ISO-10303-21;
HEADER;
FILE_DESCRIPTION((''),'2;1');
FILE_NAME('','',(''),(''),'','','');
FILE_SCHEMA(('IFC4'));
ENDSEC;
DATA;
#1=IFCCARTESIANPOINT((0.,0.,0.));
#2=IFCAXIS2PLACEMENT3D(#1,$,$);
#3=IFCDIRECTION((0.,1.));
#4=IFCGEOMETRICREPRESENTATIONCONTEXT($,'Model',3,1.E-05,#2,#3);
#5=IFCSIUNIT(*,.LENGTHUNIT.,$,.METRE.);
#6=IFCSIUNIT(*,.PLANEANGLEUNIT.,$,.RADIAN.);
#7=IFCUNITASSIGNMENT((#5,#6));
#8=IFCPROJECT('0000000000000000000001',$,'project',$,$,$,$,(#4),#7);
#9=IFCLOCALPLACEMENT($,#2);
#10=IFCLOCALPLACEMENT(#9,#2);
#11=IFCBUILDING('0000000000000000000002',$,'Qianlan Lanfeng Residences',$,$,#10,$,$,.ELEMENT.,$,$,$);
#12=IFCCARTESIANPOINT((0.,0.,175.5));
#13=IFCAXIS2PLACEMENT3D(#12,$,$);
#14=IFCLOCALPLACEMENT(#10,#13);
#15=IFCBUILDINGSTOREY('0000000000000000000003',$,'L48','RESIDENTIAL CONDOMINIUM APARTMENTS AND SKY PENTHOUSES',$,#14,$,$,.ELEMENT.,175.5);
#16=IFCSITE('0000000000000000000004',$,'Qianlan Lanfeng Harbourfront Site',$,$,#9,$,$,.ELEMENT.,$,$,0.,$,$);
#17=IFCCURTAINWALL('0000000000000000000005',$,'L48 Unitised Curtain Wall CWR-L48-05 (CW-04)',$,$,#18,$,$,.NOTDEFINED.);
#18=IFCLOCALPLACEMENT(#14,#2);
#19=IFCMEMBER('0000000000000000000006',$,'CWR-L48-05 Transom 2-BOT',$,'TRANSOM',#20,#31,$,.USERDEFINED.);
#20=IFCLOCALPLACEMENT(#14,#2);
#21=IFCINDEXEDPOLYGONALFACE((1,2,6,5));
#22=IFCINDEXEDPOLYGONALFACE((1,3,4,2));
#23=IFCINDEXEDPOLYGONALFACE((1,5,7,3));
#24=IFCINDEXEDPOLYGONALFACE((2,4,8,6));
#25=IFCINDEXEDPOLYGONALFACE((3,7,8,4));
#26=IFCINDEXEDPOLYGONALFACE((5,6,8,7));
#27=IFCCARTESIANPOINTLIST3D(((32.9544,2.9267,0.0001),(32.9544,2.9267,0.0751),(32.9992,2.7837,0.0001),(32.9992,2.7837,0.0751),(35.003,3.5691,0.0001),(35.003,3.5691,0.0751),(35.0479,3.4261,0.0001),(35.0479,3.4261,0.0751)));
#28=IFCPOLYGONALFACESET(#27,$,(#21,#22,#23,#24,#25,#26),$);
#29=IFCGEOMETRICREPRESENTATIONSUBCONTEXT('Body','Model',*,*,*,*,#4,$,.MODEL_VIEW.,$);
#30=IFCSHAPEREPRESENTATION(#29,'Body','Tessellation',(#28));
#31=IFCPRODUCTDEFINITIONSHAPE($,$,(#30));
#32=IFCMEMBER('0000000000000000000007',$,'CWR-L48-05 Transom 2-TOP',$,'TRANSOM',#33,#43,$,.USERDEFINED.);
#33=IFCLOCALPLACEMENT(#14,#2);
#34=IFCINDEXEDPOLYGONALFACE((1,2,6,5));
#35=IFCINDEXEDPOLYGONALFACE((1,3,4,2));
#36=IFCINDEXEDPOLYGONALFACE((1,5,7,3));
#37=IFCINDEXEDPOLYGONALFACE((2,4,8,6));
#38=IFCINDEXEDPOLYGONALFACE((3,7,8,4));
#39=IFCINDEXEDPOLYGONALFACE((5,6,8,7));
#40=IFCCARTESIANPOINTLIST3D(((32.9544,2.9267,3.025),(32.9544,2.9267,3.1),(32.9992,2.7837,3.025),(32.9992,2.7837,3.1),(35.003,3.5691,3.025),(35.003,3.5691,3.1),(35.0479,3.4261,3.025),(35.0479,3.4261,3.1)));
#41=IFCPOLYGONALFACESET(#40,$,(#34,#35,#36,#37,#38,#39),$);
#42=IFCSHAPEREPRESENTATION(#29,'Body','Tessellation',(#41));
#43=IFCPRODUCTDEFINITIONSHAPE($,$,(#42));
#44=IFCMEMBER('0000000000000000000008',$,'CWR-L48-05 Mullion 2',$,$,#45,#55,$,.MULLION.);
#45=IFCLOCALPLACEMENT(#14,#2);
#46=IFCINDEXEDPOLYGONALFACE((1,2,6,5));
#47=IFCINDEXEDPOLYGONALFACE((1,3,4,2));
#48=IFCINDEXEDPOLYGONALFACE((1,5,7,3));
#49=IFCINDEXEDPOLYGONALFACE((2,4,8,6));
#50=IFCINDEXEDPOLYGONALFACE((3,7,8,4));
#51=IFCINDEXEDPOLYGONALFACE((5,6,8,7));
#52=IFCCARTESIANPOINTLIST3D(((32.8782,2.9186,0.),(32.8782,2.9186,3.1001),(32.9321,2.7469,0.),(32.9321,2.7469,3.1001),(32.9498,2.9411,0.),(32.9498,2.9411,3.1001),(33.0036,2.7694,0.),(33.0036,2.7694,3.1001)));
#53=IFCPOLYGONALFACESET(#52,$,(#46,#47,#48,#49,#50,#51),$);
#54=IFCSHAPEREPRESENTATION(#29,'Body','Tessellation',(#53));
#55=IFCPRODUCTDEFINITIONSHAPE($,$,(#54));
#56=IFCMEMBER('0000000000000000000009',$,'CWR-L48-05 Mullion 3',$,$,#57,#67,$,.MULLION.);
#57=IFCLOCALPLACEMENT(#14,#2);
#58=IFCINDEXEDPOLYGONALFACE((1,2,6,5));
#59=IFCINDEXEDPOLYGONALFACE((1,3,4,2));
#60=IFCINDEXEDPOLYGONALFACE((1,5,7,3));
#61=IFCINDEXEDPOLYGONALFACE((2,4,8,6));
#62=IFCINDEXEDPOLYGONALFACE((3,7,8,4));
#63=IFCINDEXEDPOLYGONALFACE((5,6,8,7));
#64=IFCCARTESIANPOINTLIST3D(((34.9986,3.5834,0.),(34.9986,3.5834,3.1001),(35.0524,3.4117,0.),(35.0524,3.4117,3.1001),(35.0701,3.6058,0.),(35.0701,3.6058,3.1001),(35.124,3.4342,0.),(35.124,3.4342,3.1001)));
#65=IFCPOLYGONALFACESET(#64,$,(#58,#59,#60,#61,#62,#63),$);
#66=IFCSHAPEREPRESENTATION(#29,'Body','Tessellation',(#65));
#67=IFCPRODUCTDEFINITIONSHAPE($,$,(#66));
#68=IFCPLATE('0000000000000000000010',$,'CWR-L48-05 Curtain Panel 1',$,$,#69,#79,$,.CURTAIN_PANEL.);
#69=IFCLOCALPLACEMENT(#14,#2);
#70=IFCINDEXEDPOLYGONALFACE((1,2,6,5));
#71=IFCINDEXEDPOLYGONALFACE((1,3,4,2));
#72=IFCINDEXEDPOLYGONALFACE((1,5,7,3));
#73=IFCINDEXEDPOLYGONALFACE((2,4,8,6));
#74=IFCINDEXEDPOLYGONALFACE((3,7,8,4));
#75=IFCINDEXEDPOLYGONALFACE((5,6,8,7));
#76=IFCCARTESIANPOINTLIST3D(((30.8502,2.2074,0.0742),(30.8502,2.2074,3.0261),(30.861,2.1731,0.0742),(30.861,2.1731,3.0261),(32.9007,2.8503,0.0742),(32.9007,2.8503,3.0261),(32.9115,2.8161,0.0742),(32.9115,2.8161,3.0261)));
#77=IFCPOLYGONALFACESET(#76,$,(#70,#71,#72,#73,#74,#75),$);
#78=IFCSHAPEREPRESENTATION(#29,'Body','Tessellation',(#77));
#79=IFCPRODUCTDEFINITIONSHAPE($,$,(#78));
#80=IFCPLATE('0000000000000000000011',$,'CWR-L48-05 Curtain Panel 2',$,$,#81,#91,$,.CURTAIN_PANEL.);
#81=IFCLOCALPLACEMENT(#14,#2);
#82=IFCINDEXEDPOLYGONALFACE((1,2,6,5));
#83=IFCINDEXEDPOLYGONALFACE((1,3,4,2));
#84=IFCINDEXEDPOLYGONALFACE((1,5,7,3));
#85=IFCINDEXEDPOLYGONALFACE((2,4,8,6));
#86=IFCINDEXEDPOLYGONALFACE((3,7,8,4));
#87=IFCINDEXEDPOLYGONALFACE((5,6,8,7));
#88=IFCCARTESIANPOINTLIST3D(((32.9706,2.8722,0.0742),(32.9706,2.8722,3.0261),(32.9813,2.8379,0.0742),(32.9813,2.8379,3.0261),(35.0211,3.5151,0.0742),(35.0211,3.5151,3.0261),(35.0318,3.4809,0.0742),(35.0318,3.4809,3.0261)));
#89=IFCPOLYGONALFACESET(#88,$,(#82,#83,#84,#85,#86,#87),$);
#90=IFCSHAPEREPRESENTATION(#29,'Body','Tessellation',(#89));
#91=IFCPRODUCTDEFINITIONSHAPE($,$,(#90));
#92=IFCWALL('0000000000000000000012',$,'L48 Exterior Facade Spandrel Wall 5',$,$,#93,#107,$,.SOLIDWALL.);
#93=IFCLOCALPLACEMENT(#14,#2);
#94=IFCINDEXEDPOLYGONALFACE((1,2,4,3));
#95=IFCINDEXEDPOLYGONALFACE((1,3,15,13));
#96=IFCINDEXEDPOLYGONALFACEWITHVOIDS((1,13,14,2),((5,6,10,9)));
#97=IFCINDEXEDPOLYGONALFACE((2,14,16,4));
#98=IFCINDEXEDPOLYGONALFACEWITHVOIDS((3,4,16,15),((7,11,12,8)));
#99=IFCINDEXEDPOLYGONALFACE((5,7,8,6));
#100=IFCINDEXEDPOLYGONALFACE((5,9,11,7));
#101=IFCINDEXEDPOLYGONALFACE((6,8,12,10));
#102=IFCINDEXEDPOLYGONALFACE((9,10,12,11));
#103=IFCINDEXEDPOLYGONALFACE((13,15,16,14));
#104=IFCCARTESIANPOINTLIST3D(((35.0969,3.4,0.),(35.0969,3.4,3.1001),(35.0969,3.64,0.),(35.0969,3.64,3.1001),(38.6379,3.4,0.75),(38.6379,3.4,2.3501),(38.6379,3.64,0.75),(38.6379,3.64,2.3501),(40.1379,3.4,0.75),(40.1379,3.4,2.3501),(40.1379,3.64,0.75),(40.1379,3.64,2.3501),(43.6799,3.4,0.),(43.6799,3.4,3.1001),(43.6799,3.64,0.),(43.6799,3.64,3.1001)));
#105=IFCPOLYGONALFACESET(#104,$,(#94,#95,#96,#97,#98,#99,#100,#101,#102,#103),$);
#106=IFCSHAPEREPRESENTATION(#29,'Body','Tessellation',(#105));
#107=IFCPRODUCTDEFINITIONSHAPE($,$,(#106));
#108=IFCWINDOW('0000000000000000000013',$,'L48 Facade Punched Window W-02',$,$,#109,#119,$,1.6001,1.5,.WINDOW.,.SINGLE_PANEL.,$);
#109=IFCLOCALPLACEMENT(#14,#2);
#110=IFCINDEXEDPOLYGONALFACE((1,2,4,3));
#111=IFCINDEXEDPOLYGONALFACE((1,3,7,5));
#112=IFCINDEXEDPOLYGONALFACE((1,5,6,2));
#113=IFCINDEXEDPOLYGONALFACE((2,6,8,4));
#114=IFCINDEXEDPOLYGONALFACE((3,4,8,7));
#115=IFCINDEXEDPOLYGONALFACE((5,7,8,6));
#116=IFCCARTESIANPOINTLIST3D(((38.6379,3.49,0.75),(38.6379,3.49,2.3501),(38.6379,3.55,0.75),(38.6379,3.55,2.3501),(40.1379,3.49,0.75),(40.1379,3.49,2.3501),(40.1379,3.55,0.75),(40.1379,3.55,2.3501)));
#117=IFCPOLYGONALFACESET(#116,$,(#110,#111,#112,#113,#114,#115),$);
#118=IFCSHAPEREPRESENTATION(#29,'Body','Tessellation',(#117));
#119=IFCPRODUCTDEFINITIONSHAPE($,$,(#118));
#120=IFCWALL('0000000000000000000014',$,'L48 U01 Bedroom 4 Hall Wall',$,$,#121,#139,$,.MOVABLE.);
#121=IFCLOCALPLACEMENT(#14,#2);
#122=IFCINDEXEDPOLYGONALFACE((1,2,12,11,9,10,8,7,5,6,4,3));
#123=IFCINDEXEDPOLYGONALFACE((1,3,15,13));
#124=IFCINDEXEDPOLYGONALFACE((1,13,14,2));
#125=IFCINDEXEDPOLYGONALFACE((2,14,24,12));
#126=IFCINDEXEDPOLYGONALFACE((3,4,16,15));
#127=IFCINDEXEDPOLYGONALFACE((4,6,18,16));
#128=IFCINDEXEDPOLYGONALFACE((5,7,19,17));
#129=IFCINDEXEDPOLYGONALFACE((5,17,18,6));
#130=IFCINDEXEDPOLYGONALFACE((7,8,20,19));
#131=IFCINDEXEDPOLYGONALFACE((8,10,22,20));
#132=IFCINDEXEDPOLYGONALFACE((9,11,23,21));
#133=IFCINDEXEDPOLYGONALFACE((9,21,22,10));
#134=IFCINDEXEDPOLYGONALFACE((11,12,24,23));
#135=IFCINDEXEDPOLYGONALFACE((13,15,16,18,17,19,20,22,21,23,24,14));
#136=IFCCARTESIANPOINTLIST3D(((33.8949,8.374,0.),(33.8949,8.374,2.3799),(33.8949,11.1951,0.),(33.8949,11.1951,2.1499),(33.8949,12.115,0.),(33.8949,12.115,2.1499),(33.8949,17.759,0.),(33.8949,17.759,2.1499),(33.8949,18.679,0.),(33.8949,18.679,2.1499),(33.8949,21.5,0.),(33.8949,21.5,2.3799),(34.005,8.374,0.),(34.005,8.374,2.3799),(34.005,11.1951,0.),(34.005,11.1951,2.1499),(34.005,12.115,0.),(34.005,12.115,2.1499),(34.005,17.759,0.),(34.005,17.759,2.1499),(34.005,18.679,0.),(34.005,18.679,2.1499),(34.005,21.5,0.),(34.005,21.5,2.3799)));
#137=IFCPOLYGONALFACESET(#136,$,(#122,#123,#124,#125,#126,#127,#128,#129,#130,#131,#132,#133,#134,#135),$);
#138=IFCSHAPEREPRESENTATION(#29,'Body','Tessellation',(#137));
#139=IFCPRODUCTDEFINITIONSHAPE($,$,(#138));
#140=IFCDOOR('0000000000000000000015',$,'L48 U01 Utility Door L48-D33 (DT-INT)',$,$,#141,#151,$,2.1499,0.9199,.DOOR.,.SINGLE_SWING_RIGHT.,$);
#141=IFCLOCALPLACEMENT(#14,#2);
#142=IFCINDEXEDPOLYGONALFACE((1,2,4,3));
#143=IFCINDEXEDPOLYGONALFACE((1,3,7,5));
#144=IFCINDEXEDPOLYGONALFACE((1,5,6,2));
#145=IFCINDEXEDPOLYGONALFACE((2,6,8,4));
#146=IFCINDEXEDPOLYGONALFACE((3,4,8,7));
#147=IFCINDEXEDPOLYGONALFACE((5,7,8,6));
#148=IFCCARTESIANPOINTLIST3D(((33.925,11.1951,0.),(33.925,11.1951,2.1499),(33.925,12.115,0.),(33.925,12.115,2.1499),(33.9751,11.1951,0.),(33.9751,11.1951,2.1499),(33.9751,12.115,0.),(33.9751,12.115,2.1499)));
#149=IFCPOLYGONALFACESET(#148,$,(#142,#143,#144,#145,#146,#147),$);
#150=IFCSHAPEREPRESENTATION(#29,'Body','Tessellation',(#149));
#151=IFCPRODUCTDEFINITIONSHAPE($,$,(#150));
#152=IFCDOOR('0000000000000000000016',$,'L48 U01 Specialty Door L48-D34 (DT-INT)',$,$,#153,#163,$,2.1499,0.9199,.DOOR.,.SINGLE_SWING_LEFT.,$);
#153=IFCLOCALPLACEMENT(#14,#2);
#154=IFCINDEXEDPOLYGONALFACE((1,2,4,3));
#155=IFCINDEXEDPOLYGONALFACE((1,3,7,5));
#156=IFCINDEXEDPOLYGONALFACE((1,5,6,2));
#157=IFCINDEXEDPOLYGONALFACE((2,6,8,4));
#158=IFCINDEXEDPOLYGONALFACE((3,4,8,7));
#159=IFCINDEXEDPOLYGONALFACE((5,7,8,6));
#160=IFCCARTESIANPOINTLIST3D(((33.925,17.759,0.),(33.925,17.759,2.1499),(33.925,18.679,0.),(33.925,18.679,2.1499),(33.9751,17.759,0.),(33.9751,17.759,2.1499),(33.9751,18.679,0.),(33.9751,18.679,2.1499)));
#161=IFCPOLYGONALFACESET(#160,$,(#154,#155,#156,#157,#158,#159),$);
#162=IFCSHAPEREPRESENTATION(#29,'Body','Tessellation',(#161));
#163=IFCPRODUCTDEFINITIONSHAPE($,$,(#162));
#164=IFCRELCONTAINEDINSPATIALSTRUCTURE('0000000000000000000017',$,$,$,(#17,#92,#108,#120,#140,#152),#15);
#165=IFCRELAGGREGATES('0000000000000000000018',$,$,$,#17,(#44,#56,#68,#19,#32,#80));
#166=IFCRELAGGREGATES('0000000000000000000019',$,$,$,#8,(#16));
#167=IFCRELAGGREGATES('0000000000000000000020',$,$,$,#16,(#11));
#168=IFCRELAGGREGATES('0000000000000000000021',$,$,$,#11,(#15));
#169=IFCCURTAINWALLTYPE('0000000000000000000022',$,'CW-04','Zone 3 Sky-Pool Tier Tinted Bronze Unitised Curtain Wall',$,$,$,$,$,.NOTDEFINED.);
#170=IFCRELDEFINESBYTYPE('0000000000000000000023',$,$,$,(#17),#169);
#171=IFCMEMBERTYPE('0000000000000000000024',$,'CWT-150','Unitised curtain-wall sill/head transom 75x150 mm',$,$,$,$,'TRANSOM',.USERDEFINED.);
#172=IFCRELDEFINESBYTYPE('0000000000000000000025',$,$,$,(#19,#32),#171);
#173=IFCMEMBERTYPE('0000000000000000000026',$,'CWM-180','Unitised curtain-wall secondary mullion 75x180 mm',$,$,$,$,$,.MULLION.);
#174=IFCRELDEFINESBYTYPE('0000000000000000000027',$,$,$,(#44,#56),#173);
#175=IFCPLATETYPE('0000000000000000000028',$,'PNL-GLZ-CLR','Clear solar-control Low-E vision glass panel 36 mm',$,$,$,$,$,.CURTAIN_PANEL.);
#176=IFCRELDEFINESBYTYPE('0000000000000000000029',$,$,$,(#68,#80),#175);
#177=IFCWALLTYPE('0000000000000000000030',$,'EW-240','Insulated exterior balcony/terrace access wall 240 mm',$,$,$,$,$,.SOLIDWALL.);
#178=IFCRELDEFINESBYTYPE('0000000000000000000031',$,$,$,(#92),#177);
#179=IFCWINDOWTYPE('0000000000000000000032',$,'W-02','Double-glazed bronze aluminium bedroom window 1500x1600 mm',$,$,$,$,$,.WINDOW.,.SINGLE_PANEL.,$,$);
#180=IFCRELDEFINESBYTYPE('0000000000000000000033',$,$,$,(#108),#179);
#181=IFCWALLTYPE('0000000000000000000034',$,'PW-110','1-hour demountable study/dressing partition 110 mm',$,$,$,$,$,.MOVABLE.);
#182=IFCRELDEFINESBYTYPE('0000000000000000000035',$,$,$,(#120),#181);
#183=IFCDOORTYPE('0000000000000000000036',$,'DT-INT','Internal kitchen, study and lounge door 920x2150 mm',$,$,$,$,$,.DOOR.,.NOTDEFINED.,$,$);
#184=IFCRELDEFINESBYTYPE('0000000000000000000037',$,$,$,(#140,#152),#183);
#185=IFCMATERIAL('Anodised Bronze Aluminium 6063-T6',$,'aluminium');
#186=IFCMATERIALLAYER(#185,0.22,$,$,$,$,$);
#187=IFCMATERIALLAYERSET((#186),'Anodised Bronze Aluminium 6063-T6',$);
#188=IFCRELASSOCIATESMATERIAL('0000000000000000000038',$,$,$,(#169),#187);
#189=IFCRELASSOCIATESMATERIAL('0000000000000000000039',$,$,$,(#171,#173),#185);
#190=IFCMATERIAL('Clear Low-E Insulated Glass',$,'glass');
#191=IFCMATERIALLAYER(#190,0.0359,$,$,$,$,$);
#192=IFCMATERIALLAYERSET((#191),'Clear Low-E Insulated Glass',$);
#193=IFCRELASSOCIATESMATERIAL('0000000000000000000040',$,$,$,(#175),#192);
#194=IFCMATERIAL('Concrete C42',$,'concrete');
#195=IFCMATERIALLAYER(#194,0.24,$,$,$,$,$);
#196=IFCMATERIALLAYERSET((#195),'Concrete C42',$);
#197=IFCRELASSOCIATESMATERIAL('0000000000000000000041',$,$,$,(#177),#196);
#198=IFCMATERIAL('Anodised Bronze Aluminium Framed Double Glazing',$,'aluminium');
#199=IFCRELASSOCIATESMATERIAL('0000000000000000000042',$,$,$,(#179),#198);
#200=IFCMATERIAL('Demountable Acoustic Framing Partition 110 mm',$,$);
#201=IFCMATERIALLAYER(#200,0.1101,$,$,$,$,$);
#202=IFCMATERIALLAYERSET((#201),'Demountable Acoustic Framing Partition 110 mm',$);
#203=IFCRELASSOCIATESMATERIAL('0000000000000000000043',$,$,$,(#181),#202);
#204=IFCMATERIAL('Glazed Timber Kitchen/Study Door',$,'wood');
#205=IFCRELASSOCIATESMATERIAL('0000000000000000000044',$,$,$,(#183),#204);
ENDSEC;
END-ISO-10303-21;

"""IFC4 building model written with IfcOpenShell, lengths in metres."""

from ifc_helpers import new_model, si_unit, direction, frame, frame_2d, origin, origin_2d, place, context, subcontext, project, spatial, rectangle, extrude, source, transform, mapped, material, layer, layer_set, material_profile, profile_set, type_object, element, fill, aggregate, save


model = new_model("IFC4")

# Units and contexts
model_context = context("Model", 3, precision=1e-05, world=origin(), true_north=direction((0.0, 1.0)))
body_context = subcontext(model_context, "Body", "Model", "MODEL_VIEW")
ifc_project = project(units=[si_unit("LENGTHUNIT", "METRE"), si_unit("PLANEANGLEUNIT", "RADIAN")], contexts=[model_context])

# Site, building, storey
site_placement = place(None, origin())
site = spatial("IfcSite", under=ifc_project, at=site_placement, Name="Qianlan Lanfeng Harbourfront Site", CompositionType="ELEMENT", RefElevation=0.0)
building_placement = place(site_placement, origin())
building = spatial("IfcBuilding", under=site, at=building_placement, Name="Qianlan Lanfeng Residences", CompositionType="ELEMENT")
storey_placement = place(building_placement, frame((0.0, 0.0, 175.5)))
storey = spatial("IfcBuildingStorey", under=building, at=storey_placement, Name="L48", Description="RESIDENTIAL CONDOMINIUM APARTMENTS AND SKY PENTHOUSES", CompositionType="ELEMENT", Elevation=175.5)

# Curtain wall, members, plates
ifc_material_1 = material(Name="Anodised Bronze Aluminium 6063-T6", Category="aluminium")
ifc_layer_1 = layer(ifc_material_1, 0.22)
ifc_layer_set_1 = layer_set([ifc_layer_1], Name="Anodised Bronze Aluminium 6063-T6")
curtain_wall_type = type_object("IfcCurtainWallType", Name="CW-04", Description="Zone 3 Sky-Pool Tier Tinted Bronze Unitised Curtain Wall", PredefinedType="NOTDEFINED", material=ifc_layer_set_1)
curtain_wall_placement = place(storey_placement, origin())
curtain_wall = element("IfcCurtainWall", 1, at=curtain_wall_placement, inside=storey, type_object=curtain_wall_type, Name="L48 Unitised Curtain Wall CWR-L48-05 (CW-04)", PredefinedType="NOTDEFINED")
ifc_material_profile_1 = material_profile(ifc_material_1, rectangle(XDim=0.075, YDim=0.1499, at=origin_2d()), Name="ALU TRANSOM 75x150")
ifc_profile_set_1 = profile_set([ifc_material_profile_1], Name="Anodised Bronze Aluminium 6063-T6")
member_type_1 = type_object("IfcMemberType", Name="CWT-150", Description="Unitised curtain-wall sill/head transom 75x150 mm", ElementType="TRANSOM", PredefinedType="USERDEFINED", material=ifc_profile_set_1)
shared_shape_1 = source(origin(), body_context, "Body", "SweptSolid", [
    extrude(rectangle(XDim=0.075, YDim=0.1499, at=origin_2d()), origin(), (0.0, 0.0, 1.0), 2.147),
])
member_1_placement = place(storey_placement, frame((32.9768, 2.8552, 0.0376), z_axis=(0.954194, 0.299188, 0.0), x_axis=(0.0, 0.0, 1.0)))
member_1 = element("IfcMember", 2, at=member_1_placement, type_object=member_type_1, Name="CWR-L48-05 Transom 2-BOT", ObjectType="TRANSOM", PredefinedType="USERDEFINED", context=body_context, shape_type="MappedRepresentation", body=[
    mapped(shared_shape_1, transform((0.0, 0.0, 0.0), scale=1.0)),
])
member_2_placement = place(storey_placement, frame((32.9768, 2.8552, 3.0625), z_axis=(0.954194, 0.299188, 0.0), x_axis=(0.0, 0.0, 1.0)))
member_2 = element("IfcMember", 3, at=member_2_placement, type_object=member_type_1, Name="CWR-L48-05 Transom 2-TOP", ObjectType="TRANSOM", PredefinedType="USERDEFINED", context=body_context, shape_type="MappedRepresentation", body=[
    mapped(shared_shape_1, transform((0.0, 0.0, 0.0), scale=1.0)),
])
ifc_material_profile_2 = material_profile(ifc_material_1, rectangle(XDim=0.075, YDim=0.1799, at=origin_2d()), Name="ALU MULLION 75x180")
ifc_profile_set_2 = profile_set([ifc_material_profile_2], Name="Anodised Bronze Aluminium 6063-T6")
member_type_2 = type_object("IfcMemberType", Name="CWM-180", Description="Unitised curtain-wall secondary mullion 75x180 mm", PredefinedType="MULLION", material=ifc_profile_set_2)
shared_shape_2 = source(origin(), body_context, "Body", "SweptSolid", [
    extrude(rectangle(XDim=0.075, YDim=0.1799, at=origin_2d()), origin(), (0.0, 0.0, 1.0), 3.1001),
])
member_3_placement = place(storey_placement, frame((32.9409, 2.844, 0.0), z_axis=(0.0, 0.0, 1.0), x_axis=(0.954196, 0.299182, 0.0)))
member_3 = element("IfcMember", 4, at=member_3_placement, type_object=member_type_2, Name="CWR-L48-05 Mullion 2", PredefinedType="MULLION", context=body_context, shape_type="MappedRepresentation", body=[
    mapped(shared_shape_2, transform((0.0, 0.0, 0.0), scale=1.0)),
])
member_4_placement = place(storey_placement, frame((35.0613, 3.5088, 0.0), z_axis=(0.0, 0.0, 1.0), x_axis=(0.954196, 0.299182, 0.0)))
member_4 = element("IfcMember", 5, at=member_4_placement, type_object=member_type_2, Name="CWR-L48-05 Mullion 3", PredefinedType="MULLION", context=body_context, shape_type="MappedRepresentation", body=[
    mapped(shared_shape_2, transform((0.0, 0.0, 0.0), scale=1.0)),
])
ifc_material_2 = material(Name="Clear Low-E Insulated Glass", Category="glass")
ifc_layer_2 = layer(ifc_material_2, 0.0359)
ifc_layer_set_2 = layer_set([ifc_layer_2], Name="Clear Low-E Insulated Glass")
plate_type = type_object("IfcPlateType", Name="PNL-GLZ-CLR", Description="Clear solar-control Low-E vision glass panel 36 mm", PredefinedType="CURTAIN_PANEL", material=ifc_layer_set_2)
shared_shape_3 = source(origin(), body_context, "Body", "SweptSolid", [
    extrude(rectangle(XDim=2.1489, YDim=0.0359, at=origin_2d()), origin(), (0.0, 0.0, 1.0), 2.9519),
])
plate_1_placement = place(storey_placement, frame((31.8809, 2.5117, 0.0742), z_axis=(0.0, 0.0, 1.0), x_axis=(0.954196, 0.299182, 0.0)))
plate_1 = element("IfcPlate", 6, at=plate_1_placement, type_object=plate_type, Name="CWR-L48-05 Curtain Panel 1", PredefinedType="CURTAIN_PANEL", context=body_context, shape_type="MappedRepresentation", body=[
    mapped(shared_shape_3, transform((0.0, 0.0, 0.0), scale=1.0)),
])
plate_2_placement = place(storey_placement, frame((34.0012, 3.1765, 0.0742), z_axis=(0.0, 0.0, 1.0), x_axis=(0.954196, 0.299182, 0.0)))
plate_2 = element("IfcPlate", 7, at=plate_2_placement, type_object=plate_type, Name="CWR-L48-05 Curtain Panel 2", PredefinedType="CURTAIN_PANEL", context=body_context, shape_type="MappedRepresentation", body=[
    mapped(shared_shape_3, transform((0.0, 0.0, 0.0), scale=1.0)),
])
aggregate(curtain_wall, [member_3, member_4, plate_1, member_1, member_2, plate_2])

# Wall, opening, window
ifc_material_3 = material(Name="Concrete C42", Category="concrete")
ifc_layer_3 = layer(ifc_material_3, 0.24)
ifc_layer_set_3 = layer_set([ifc_layer_3], Name="Concrete C42")
wall_type_1 = type_object("IfcWallType", Name="EW-240", Description="Insulated exterior balcony/terrace access wall 240 mm", PredefinedType="SOLIDWALL", material=ifc_layer_set_3)
wall_1_placement = place(storey_placement, frame((35.0969, 3.52, 0.0), z_axis=(0.0, 0.0, 1.0), x_axis=(1.0, 0.0, 0.0)))
wall_1 = element("IfcWall", 8, at=wall_1_placement, inside=storey, type_object=wall_type_1, Name="L48 Exterior Facade Spandrel Wall 5", PredefinedType="SOLIDWALL", context=body_context, shape_type="SweptSolid", body=[
    extrude(rectangle(XDim=8.583, YDim=0.24, at=frame_2d((4.2915, 0.0))), origin(), (0.0, 0.0, 1.0), 3.1001),
])
opening_1_placement = place(wall_1_placement, frame((3.541, 0.0, 0.75)))
opening_1 = element("IfcOpeningElement", 9, at=opening_1_placement, cuts=wall_1, PredefinedType="OPENING", context=body_context, shape_type="SweptSolid", body=[
    extrude(rectangle(XDim=1.5, YDim=1.6001, at=frame_2d((0.75, 0.8))), frame((0.0, 0.1299, 0.0), z_axis=(0.0, -1.0, 0.0), x_axis=(1.0, 0.0, 0.0)), (0.0, 0.0, 1.0), 0.26),
])
ifc_material_4 = material(Name="Anodised Bronze Aluminium Framed Double Glazing", Category="aluminium")
window_type = type_object("IfcWindowType", Name="W-02", Description="Double-glazed bronze aluminium bedroom window 1500x1600 mm", PartitioningType="SINGLE_PANEL", PredefinedType="WINDOW", material=ifc_material_4)
window_placement = place(opening_1_placement, origin())
window = element("IfcWindow", 10, at=window_placement, inside=storey, type_object=window_type, Name="L48 Facade Punched Window W-02", OverallHeight=1.6001, OverallWidth=1.5, PartitioningType="SINGLE_PANEL", PredefinedType="WINDOW", context=body_context, shape_type="SweptSolid", body=[
    extrude(rectangle(XDim=1.5, YDim=1.6001, at=frame_2d((0.75, 0.8))), frame((0.0, 0.03, 0.0), z_axis=(0.0, -1.0, 0.0), x_axis=(1.0, 0.0, 0.0)), (0.0, 0.0, 1.0), 0.0601),
])
fill(opening_1, window)

# Wall, openings, doors
ifc_material_5 = material(Name="Demountable Acoustic Framing Partition 110 mm")
ifc_layer_4 = layer(ifc_material_5, 0.1101)
ifc_layer_set_4 = layer_set([ifc_layer_4], Name="Demountable Acoustic Framing Partition 110 mm")
wall_type_2 = type_object("IfcWallType", Name="PW-110", Description="1-hour demountable study/dressing partition 110 mm", PredefinedType="MOVABLE", material=ifc_layer_set_4)
wall_2_placement = place(storey_placement, frame((33.95, 8.374, 0.0), z_axis=(0.0, 0.0, 1.0), x_axis=(0.0, 1.0, 0.0)))
wall_2 = element("IfcWall", 11, at=wall_2_placement, inside=storey, type_object=wall_type_2, Name="L48 U01 Bedroom 4 Hall Wall", PredefinedType="MOVABLE", context=body_context, shape_type="SweptSolid", body=[
    extrude(rectangle(XDim=13.126, YDim=0.1101, at=frame_2d((6.563, 0.0))), origin(), (0.0, 0.0, 1.0), 2.3799),
])
opening_2_placement = place(wall_2_placement, frame((2.821, 0.0, 0.0)))
opening_2 = element("IfcOpeningElement", 12, at=opening_2_placement, cuts=wall_2, PredefinedType="OPENING", context=body_context, shape_type="SweptSolid", body=[
    extrude(rectangle(XDim=0.9199, YDim=2.1499, at=frame_2d((0.46, 1.075))), frame((0.0, 0.0649, 0.0), z_axis=(0.0, -1.0, 0.0), x_axis=(1.0, 0.0, 0.0)), (0.0, 0.0, 1.0), 0.1301),
])
opening_3_placement = place(wall_2_placement, frame((9.385, 0.0, 0.0)))
opening_3 = element("IfcOpeningElement", 13, at=opening_3_placement, cuts=wall_2, PredefinedType="OPENING", context=body_context, shape_type="SweptSolid", body=[
    extrude(rectangle(XDim=0.9199, YDim=2.1499, at=frame_2d((0.46, 1.075))), frame((0.0, 0.0649, 0.0), z_axis=(0.0, -1.0, 0.0), x_axis=(1.0, 0.0, 0.0)), (0.0, 0.0, 1.0), 0.1301),
])
ifc_material_6 = material(Name="Glazed Timber Kitchen/Study Door", Category="wood")
door_type_1 = type_object("IfcDoorType", Name="DT-INT", Description="Internal kitchen, study and lounge door 920x2150 mm", OperationType="NOTDEFINED", PredefinedType="DOOR", material=ifc_material_6)
door_1_placement = place(opening_2_placement, origin())
door_1 = element("IfcDoor", 14, at=door_1_placement, inside=storey, type_object=door_type_1, Name="L48 U01 Utility Door L48-D33 (DT-INT)", OperationType="SINGLE_SWING_RIGHT", OverallHeight=2.1499, OverallWidth=0.9199, PredefinedType="DOOR", context=body_context, shape_type="SweptSolid", body=[
    extrude(rectangle(XDim=0.9199, YDim=2.1499, at=frame_2d((0.46, 1.075))), frame((0.0, 0.0249, 0.0), z_axis=(0.0, -1.0, 0.0), x_axis=(1.0, 0.0, 0.0)), (0.0, 0.0, 1.0), 0.05),
])
fill(opening_2, door_1)
door_2_placement = place(opening_3_placement, origin())
door_2 = element("IfcDoor", 15, at=door_2_placement, inside=storey, type_object=door_type_1, Name="L48 U01 Specialty Door L48-D34 (DT-INT)", OperationType="SINGLE_SWING_LEFT", OverallHeight=2.1499, OverallWidth=0.9199, PredefinedType="DOOR", context=body_context, shape_type="SweptSolid", body=[
    extrude(rectangle(XDim=0.9199, YDim=2.1499, at=frame_2d((0.46, 1.075))), frame((0.0, 0.0249, 0.0), z_axis=(0.0, -1.0, 0.0), x_axis=(1.0, 0.0, 0.0)), (0.0, 0.0, 1.0), 0.05),
])
fill(opening_3, door_2)

save(model, "model.ifc")
